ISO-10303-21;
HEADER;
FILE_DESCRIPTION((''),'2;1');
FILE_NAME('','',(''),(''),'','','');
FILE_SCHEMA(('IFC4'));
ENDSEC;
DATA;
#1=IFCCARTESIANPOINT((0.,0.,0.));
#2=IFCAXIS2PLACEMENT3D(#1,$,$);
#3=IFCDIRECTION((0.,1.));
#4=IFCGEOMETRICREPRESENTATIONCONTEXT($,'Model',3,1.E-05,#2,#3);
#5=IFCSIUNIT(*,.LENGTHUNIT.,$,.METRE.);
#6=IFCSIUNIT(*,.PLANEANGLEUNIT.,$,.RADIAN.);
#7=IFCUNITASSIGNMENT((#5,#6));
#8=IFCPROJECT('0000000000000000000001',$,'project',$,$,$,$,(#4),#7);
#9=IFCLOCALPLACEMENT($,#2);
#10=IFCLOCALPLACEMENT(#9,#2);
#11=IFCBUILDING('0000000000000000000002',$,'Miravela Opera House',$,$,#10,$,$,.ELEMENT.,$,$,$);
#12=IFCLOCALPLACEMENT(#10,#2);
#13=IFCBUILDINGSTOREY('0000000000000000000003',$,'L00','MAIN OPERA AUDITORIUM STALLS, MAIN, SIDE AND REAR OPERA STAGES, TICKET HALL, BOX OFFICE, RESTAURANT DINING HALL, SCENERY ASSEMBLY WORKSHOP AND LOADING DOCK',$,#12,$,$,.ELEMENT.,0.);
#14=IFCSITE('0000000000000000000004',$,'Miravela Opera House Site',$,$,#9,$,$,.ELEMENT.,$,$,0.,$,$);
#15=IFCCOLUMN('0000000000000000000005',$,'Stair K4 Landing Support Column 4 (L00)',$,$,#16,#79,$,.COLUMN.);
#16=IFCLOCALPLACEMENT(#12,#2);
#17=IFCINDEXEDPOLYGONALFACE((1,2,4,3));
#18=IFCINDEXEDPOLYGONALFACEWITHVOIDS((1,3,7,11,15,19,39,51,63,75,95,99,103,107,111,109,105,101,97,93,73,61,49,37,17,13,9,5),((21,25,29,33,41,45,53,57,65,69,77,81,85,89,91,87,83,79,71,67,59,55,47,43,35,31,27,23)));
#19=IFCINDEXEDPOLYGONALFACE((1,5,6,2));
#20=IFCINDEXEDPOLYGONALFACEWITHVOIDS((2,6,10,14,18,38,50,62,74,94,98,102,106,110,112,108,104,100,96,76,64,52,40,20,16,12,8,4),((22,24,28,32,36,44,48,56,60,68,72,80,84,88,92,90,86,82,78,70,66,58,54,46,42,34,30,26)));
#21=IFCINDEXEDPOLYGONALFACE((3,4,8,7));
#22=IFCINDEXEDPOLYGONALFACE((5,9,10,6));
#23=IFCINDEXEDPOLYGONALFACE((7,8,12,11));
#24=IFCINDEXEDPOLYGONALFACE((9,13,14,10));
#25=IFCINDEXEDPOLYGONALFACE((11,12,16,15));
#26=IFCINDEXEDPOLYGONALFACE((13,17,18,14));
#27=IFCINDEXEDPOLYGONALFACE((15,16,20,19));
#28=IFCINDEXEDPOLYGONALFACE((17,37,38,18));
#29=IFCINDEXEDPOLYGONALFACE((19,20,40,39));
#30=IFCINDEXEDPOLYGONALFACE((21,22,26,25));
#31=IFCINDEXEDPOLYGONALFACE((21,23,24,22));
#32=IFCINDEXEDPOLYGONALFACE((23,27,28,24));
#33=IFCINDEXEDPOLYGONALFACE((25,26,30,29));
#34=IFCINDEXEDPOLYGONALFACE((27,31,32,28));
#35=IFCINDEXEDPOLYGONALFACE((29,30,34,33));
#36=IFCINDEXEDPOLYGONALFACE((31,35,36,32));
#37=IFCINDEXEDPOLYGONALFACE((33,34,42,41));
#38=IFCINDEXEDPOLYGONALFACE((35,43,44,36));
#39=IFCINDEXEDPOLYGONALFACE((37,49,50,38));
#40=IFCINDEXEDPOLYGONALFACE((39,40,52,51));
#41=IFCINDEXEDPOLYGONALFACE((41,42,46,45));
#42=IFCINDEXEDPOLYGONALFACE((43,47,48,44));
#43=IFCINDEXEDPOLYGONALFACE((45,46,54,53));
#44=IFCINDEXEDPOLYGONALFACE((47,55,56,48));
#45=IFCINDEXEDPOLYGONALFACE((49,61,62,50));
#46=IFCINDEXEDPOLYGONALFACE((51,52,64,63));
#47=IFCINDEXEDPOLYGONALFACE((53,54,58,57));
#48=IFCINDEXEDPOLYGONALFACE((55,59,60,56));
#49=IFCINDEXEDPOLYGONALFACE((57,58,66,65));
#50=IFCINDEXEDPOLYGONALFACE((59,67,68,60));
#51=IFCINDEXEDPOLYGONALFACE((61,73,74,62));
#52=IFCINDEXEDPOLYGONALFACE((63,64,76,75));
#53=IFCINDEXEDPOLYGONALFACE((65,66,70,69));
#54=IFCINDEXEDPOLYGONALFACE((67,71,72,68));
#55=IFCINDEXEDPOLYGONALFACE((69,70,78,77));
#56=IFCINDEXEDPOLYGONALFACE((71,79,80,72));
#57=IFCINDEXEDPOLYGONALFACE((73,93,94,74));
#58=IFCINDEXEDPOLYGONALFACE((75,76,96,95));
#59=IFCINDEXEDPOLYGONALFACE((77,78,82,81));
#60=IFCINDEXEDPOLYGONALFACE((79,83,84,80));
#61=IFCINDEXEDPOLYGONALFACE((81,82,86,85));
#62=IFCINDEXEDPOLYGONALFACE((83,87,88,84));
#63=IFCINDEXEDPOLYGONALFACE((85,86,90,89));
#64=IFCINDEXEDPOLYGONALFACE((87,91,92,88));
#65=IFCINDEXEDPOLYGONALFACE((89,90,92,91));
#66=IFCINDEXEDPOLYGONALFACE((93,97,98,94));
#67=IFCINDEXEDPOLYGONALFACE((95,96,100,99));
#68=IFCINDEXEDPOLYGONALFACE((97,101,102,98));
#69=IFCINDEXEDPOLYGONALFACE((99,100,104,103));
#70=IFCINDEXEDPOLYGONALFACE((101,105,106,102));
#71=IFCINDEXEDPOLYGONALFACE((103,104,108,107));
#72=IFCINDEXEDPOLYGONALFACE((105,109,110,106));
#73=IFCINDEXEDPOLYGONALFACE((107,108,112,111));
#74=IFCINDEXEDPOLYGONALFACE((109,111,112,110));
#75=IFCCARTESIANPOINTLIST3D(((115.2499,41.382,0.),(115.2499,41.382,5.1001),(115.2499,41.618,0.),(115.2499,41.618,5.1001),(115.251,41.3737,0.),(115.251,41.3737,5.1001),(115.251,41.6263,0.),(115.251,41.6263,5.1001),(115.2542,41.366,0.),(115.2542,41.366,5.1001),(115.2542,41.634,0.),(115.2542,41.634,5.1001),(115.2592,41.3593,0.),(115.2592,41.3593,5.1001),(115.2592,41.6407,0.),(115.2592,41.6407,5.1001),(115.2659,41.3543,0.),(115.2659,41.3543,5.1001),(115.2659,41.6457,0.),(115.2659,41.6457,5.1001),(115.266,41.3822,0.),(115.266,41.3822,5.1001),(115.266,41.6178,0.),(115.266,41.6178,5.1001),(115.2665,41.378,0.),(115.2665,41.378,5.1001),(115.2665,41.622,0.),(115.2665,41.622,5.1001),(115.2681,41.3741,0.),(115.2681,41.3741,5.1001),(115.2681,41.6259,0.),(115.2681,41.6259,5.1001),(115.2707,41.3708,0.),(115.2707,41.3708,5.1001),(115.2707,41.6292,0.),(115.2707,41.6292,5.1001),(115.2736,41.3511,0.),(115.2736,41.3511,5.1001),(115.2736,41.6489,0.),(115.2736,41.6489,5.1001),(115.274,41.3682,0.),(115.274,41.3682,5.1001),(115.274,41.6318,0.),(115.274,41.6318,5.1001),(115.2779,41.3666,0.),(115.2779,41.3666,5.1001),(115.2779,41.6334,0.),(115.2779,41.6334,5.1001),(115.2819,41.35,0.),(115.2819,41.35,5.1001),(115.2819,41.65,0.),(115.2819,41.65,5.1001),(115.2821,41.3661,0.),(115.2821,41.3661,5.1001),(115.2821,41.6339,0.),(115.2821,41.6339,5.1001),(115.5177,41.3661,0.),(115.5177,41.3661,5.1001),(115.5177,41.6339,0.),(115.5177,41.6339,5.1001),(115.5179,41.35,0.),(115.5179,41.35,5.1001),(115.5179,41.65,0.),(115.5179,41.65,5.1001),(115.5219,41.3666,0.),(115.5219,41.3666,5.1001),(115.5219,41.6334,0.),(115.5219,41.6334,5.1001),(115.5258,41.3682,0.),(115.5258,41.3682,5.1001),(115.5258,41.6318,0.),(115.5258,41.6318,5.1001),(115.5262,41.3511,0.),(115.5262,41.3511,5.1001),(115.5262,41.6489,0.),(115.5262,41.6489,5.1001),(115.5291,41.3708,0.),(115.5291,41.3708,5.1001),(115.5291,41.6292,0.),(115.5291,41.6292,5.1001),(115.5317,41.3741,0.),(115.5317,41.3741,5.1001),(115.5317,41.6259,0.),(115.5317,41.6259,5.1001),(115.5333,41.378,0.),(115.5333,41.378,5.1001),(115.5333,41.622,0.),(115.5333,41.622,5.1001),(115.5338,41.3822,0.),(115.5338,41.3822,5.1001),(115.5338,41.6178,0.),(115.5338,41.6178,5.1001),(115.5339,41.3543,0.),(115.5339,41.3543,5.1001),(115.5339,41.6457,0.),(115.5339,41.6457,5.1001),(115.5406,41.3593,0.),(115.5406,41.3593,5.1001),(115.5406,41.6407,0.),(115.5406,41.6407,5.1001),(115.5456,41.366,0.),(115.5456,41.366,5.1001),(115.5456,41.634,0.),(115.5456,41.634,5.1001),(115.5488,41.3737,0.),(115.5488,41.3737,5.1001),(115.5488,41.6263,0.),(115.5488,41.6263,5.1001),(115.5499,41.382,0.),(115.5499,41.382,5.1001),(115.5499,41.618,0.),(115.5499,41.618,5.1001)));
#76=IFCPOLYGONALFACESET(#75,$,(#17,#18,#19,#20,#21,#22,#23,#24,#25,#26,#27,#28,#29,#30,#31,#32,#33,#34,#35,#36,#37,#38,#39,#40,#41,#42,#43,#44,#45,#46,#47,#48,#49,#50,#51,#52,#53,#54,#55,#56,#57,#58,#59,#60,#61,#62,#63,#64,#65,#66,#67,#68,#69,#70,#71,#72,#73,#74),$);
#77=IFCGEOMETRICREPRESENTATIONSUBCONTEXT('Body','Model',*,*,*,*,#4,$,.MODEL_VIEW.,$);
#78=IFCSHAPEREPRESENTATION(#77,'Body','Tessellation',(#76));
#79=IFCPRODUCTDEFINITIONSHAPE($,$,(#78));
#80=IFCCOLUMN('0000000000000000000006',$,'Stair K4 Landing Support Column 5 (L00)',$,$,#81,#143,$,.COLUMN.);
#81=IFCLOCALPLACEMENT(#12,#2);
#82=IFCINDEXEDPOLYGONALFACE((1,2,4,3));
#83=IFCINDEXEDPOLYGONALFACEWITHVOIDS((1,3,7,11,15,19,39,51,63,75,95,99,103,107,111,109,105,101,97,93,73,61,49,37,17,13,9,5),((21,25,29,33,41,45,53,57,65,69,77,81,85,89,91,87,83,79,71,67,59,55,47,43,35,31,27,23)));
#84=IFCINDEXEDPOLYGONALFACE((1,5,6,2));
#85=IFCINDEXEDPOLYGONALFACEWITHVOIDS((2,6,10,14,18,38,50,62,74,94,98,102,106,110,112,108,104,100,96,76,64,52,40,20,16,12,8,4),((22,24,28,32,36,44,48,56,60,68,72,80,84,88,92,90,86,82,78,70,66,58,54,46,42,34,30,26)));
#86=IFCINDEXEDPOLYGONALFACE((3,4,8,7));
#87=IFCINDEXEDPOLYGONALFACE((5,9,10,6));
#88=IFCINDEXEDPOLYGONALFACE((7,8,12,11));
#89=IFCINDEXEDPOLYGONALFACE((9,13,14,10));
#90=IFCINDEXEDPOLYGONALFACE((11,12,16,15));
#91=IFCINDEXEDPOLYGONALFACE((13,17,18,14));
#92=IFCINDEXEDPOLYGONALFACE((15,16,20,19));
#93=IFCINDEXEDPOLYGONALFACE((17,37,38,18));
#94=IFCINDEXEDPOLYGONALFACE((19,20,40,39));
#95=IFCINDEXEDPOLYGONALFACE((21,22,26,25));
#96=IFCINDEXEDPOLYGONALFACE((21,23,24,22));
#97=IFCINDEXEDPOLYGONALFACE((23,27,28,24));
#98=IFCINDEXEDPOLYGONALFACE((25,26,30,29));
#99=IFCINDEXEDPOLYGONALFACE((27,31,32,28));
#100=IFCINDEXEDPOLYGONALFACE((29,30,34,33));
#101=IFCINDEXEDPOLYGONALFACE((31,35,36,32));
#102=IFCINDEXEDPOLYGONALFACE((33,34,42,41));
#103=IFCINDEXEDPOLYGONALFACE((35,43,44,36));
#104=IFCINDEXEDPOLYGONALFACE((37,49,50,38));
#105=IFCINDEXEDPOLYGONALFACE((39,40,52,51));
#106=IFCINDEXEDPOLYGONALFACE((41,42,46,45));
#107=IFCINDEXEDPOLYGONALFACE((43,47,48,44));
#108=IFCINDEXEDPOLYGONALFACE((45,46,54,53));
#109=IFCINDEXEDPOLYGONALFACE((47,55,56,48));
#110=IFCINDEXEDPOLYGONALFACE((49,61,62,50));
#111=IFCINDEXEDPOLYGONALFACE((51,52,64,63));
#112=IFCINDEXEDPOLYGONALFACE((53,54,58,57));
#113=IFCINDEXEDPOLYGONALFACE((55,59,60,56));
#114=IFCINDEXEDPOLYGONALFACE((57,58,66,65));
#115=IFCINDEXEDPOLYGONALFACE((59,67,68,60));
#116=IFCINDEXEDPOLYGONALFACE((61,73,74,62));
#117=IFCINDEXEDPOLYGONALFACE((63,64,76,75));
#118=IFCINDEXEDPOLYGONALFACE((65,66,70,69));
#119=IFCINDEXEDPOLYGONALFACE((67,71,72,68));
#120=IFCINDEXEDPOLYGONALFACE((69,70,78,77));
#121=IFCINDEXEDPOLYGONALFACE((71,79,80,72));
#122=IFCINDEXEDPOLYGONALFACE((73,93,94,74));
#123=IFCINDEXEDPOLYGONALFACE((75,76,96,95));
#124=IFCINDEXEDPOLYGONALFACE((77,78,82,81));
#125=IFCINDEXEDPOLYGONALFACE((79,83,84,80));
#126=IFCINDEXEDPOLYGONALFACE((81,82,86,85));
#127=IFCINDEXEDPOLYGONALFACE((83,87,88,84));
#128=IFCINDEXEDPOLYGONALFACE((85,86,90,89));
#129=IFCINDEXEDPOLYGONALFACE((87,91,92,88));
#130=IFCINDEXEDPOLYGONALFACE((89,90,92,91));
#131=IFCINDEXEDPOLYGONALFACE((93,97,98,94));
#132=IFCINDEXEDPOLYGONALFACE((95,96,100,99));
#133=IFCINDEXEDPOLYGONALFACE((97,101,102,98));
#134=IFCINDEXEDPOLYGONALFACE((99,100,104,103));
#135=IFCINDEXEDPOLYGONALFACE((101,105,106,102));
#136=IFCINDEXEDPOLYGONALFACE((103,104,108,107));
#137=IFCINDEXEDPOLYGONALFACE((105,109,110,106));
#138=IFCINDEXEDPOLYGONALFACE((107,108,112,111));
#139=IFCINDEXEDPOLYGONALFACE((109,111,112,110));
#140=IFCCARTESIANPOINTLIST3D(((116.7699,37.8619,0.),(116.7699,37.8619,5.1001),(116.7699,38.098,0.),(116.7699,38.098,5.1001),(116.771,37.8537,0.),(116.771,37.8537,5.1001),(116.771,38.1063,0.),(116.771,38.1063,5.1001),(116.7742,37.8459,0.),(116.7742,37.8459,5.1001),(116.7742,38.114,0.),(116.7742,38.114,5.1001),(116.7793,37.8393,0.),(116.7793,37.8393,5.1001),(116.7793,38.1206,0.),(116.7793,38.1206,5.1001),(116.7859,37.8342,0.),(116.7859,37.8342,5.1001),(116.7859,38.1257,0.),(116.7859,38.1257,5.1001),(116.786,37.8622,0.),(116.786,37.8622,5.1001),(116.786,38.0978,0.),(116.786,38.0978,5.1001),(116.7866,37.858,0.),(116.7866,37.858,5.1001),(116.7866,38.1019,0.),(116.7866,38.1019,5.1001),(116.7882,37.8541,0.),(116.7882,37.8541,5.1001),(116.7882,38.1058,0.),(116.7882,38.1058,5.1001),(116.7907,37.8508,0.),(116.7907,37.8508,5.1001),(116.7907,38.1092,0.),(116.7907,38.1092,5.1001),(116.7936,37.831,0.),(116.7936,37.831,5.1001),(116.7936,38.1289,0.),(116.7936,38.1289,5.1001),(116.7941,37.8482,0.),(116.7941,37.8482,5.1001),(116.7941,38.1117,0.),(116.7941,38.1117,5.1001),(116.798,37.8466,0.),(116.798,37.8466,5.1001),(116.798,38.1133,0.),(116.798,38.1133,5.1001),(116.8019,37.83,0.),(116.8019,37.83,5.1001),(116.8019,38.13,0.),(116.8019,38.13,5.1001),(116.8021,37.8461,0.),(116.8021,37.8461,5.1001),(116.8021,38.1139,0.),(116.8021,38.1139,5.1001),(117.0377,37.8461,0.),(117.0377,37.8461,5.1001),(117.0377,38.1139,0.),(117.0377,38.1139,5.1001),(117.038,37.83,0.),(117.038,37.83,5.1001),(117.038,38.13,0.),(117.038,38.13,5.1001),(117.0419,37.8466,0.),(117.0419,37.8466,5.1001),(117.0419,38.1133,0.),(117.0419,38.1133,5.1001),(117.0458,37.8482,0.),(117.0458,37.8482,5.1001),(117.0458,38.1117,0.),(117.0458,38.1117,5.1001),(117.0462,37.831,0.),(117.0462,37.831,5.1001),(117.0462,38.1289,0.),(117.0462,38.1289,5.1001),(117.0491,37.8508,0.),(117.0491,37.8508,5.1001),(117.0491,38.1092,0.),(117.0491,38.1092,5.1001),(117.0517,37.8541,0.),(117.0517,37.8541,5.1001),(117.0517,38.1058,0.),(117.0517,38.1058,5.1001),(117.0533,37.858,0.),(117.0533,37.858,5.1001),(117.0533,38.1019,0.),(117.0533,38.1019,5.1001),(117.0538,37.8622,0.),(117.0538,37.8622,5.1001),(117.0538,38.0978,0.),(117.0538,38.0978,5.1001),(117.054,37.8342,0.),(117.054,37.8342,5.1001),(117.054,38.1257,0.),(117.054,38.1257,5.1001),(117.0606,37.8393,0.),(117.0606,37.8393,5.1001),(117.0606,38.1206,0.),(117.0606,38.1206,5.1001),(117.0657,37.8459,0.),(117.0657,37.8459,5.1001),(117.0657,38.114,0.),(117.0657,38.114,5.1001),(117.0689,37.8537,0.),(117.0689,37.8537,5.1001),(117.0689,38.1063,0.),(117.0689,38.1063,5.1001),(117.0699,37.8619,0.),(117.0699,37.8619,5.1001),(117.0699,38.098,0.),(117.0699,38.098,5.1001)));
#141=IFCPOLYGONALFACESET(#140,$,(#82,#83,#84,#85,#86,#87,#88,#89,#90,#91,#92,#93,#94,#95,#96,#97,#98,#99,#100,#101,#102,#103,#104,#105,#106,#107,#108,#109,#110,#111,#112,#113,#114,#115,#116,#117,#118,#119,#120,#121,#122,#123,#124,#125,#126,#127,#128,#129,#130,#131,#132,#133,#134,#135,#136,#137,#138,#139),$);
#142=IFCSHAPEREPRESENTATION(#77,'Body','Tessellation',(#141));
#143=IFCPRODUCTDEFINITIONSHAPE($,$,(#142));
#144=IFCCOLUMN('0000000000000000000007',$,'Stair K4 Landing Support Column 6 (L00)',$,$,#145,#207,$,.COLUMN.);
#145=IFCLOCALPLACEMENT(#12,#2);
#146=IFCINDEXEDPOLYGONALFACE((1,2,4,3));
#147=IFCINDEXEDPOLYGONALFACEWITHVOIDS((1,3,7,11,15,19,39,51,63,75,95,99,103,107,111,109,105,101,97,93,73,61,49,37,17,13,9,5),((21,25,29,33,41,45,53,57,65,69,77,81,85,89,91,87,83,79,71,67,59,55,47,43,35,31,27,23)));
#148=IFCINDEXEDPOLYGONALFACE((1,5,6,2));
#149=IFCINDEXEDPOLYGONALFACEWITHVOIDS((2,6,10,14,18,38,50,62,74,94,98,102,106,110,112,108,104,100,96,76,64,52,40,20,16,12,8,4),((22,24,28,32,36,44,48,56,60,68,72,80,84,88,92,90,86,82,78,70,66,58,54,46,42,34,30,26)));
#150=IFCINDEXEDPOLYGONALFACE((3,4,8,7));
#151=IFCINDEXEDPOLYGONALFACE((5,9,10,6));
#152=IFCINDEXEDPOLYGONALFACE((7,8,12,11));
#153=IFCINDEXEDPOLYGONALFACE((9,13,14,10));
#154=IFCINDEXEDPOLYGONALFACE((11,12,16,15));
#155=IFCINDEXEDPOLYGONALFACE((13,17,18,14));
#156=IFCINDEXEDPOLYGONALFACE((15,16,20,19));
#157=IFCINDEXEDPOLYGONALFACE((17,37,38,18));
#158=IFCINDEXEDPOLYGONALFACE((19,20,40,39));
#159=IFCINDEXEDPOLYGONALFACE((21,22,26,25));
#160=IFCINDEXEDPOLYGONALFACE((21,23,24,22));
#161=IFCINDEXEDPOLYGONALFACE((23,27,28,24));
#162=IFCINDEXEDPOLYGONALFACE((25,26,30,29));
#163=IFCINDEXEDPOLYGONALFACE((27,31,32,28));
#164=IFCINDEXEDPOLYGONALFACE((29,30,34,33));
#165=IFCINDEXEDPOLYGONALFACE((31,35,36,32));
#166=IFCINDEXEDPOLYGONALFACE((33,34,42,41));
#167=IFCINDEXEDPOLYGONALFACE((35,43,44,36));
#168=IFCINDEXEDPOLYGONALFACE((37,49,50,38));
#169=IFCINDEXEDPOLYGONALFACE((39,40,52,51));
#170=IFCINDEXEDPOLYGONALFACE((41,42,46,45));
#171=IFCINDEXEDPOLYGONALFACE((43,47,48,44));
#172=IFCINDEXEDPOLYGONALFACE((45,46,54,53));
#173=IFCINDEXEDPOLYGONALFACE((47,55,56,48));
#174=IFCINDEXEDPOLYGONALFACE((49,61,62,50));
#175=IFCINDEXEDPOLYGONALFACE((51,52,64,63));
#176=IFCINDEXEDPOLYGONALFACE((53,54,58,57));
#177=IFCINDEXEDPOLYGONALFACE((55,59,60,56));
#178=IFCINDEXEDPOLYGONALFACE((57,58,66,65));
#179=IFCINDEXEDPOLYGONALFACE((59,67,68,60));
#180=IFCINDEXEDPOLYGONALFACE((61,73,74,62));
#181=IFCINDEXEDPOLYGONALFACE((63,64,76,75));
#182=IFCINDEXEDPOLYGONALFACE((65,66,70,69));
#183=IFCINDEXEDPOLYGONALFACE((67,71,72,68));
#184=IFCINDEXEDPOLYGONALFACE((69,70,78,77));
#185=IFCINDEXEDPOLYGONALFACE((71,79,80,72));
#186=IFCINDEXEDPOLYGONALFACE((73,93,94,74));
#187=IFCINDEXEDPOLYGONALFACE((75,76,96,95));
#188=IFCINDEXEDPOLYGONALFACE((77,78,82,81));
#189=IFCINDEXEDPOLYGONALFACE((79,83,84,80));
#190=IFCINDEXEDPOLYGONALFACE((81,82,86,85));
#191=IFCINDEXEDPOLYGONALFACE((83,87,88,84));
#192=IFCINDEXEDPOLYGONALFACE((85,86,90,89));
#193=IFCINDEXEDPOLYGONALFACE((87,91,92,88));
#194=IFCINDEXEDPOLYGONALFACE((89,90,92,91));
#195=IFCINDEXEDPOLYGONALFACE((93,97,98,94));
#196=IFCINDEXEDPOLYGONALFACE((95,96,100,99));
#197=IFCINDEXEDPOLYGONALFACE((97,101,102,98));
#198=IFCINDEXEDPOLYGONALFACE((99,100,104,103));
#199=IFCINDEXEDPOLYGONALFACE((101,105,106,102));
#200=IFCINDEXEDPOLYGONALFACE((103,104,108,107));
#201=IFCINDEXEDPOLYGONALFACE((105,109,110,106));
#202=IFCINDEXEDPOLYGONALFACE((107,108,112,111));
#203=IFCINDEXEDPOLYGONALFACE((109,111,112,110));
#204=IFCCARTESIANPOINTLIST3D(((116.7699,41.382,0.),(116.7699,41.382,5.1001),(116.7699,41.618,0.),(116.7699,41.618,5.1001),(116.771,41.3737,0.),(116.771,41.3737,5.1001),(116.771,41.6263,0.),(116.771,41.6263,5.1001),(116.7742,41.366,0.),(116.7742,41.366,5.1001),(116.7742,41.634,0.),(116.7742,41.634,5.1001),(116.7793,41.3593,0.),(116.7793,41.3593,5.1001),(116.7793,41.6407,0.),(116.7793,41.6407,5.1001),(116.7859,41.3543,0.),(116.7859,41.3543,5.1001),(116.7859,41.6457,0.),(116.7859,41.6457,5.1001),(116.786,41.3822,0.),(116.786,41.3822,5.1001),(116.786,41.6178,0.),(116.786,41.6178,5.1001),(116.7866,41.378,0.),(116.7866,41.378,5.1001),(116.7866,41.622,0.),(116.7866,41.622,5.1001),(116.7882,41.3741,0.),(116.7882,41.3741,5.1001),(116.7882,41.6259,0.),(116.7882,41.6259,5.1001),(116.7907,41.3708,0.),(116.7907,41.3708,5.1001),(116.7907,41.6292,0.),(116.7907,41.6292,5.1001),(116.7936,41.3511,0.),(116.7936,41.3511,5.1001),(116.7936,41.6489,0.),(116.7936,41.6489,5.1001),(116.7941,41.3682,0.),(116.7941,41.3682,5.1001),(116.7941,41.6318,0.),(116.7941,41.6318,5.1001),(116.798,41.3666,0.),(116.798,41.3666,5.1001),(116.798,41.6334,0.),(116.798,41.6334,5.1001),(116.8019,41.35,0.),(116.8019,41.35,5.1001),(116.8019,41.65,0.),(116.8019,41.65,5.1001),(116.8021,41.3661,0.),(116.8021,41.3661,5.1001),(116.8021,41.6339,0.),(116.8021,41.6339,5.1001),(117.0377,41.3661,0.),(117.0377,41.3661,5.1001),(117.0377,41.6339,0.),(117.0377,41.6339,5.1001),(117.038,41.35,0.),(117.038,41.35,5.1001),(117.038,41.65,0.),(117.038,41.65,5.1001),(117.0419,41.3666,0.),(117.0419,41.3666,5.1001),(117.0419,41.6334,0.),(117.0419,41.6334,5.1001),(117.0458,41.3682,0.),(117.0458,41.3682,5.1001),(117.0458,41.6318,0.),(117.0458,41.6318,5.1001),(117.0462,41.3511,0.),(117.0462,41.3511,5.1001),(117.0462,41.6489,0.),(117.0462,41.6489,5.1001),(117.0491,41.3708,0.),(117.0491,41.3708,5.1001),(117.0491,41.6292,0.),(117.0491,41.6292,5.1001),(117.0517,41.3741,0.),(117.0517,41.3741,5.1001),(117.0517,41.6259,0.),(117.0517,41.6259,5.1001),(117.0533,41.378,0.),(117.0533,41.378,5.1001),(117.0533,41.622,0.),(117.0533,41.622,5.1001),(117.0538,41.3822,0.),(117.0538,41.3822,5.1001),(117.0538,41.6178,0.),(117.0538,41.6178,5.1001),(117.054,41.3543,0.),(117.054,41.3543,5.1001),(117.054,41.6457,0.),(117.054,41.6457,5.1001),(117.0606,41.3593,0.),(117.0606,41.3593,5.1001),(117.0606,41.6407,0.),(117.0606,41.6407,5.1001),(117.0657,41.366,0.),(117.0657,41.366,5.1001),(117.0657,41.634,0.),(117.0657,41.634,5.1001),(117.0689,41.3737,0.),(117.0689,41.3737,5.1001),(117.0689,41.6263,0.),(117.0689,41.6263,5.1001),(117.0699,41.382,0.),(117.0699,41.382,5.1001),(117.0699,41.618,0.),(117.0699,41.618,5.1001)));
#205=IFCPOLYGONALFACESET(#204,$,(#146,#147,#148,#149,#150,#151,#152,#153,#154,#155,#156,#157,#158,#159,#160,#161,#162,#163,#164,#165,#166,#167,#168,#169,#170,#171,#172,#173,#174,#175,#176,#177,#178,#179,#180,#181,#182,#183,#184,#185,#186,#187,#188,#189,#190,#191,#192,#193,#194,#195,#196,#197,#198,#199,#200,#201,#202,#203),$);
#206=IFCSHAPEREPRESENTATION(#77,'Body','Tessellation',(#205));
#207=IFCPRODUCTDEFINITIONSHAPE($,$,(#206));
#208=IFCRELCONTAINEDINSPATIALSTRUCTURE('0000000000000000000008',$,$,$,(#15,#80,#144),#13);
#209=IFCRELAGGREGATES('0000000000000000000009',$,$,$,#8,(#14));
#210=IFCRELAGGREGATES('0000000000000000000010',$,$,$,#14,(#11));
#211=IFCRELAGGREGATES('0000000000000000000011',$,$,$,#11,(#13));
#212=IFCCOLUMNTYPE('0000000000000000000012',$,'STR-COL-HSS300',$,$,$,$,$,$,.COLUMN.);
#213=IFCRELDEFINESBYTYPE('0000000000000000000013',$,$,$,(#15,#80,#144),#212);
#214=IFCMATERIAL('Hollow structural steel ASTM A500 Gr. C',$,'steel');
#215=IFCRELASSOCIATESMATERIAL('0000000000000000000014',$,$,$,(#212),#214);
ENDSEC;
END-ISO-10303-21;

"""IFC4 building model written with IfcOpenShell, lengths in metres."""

from ifc_helpers import new_model, si_unit, direction, frame, origin, origin_2d, place, context, subcontext, project, spatial, hollow_rectangle, extrude, material, material_profile, profile_set, type_object, element, save


model = new_model("IFC4")

# Units and contexts
model_context = context("Model", 3, precision=1e-05, world=origin(), true_north=direction((0.0, 1.0)))
body_context = subcontext(model_context, "Body", "Model", "MODEL_VIEW")
ifc_project = project(units=[si_unit("LENGTHUNIT", "METRE"), si_unit("PLANEANGLEUNIT", "RADIAN")], contexts=[model_context])

# Site, building, storey
site_placement = place(None, origin())
site = spatial("IfcSite", under=ifc_project, at=site_placement, Name="Miravela Opera House Site", CompositionType="ELEMENT", RefElevation=0.0)
building_placement = place(site_placement, origin())
building = spatial("IfcBuilding", under=site, at=building_placement, Name="Miravela Opera House", CompositionType="ELEMENT")
storey_placement = place(building_placement, origin())
storey = spatial("IfcBuildingStorey", under=building, at=storey_placement, Name="L00", Description="MAIN OPERA AUDITORIUM STALLS, MAIN, SIDE AND REAR OPERA STAGES, TICKET HALL, BOX OFFICE, RESTAURANT DINING HALL, SCENERY ASSEMBLY WORKSHOP AND LOADING DOCK", CompositionType="ELEMENT", Elevation=0.0)

# Columns
ifc_material_1 = material(Name="Hollow structural steel ASTM A500 Gr. C", Category="steel")
ifc_material_profile_1 = material_profile(ifc_material_1, hollow_rectangle(XDim=0.3, YDim=0.3, WallThickness=0.0161, InnerFilletRadius=0.0161, OuterFilletRadius=0.032, at=origin_2d()), Name="HSS300X300X16")
ifc_profile_set_1 = profile_set([ifc_material_profile_1])
column_type_1 = type_object("IfcColumnType", Name="STR-COL-HSS300", PredefinedType="COLUMN", material=ifc_profile_set_1)
for number, where, z_axis, x_axis, name in (
    (1, (115.3999, 41.5, 0.0), (0.0, 0.0, 1.0), (1.0, 0.0, 0.0), "Stair K4 Landing Support Column 4 (L00)"),
    (2, (116.9199, 37.98, 0.0), (0.0, 0.0, 1.0), (1.0, 0.0, 0.0), "Stair K4 Landing Support Column 5 (L00)"),
    (3, (116.9199, 41.5, 0.0), (0.0, 0.0, 1.0), (1.0, 0.0, 0.0), "Stair K4 Landing Support Column 6 (L00)"),
):
    element("IfcColumn", number, at=place(storey_placement, frame(where, z_axis=z_axis, x_axis=x_axis)), inside=storey, type_object=column_type_1, Name=name, PredefinedType="COLUMN", context=body_context, shape_type="SweptSolid", body=[
        extrude(hollow_rectangle(XDim=0.3, YDim=0.3, WallThickness=0.0161, InnerFilletRadius=0.0161, OuterFilletRadius=0.032, at=origin_2d()), origin(), (0.0, 0.0, 1.0), 5.1001),
    ])

save(model, "model.ifc")
